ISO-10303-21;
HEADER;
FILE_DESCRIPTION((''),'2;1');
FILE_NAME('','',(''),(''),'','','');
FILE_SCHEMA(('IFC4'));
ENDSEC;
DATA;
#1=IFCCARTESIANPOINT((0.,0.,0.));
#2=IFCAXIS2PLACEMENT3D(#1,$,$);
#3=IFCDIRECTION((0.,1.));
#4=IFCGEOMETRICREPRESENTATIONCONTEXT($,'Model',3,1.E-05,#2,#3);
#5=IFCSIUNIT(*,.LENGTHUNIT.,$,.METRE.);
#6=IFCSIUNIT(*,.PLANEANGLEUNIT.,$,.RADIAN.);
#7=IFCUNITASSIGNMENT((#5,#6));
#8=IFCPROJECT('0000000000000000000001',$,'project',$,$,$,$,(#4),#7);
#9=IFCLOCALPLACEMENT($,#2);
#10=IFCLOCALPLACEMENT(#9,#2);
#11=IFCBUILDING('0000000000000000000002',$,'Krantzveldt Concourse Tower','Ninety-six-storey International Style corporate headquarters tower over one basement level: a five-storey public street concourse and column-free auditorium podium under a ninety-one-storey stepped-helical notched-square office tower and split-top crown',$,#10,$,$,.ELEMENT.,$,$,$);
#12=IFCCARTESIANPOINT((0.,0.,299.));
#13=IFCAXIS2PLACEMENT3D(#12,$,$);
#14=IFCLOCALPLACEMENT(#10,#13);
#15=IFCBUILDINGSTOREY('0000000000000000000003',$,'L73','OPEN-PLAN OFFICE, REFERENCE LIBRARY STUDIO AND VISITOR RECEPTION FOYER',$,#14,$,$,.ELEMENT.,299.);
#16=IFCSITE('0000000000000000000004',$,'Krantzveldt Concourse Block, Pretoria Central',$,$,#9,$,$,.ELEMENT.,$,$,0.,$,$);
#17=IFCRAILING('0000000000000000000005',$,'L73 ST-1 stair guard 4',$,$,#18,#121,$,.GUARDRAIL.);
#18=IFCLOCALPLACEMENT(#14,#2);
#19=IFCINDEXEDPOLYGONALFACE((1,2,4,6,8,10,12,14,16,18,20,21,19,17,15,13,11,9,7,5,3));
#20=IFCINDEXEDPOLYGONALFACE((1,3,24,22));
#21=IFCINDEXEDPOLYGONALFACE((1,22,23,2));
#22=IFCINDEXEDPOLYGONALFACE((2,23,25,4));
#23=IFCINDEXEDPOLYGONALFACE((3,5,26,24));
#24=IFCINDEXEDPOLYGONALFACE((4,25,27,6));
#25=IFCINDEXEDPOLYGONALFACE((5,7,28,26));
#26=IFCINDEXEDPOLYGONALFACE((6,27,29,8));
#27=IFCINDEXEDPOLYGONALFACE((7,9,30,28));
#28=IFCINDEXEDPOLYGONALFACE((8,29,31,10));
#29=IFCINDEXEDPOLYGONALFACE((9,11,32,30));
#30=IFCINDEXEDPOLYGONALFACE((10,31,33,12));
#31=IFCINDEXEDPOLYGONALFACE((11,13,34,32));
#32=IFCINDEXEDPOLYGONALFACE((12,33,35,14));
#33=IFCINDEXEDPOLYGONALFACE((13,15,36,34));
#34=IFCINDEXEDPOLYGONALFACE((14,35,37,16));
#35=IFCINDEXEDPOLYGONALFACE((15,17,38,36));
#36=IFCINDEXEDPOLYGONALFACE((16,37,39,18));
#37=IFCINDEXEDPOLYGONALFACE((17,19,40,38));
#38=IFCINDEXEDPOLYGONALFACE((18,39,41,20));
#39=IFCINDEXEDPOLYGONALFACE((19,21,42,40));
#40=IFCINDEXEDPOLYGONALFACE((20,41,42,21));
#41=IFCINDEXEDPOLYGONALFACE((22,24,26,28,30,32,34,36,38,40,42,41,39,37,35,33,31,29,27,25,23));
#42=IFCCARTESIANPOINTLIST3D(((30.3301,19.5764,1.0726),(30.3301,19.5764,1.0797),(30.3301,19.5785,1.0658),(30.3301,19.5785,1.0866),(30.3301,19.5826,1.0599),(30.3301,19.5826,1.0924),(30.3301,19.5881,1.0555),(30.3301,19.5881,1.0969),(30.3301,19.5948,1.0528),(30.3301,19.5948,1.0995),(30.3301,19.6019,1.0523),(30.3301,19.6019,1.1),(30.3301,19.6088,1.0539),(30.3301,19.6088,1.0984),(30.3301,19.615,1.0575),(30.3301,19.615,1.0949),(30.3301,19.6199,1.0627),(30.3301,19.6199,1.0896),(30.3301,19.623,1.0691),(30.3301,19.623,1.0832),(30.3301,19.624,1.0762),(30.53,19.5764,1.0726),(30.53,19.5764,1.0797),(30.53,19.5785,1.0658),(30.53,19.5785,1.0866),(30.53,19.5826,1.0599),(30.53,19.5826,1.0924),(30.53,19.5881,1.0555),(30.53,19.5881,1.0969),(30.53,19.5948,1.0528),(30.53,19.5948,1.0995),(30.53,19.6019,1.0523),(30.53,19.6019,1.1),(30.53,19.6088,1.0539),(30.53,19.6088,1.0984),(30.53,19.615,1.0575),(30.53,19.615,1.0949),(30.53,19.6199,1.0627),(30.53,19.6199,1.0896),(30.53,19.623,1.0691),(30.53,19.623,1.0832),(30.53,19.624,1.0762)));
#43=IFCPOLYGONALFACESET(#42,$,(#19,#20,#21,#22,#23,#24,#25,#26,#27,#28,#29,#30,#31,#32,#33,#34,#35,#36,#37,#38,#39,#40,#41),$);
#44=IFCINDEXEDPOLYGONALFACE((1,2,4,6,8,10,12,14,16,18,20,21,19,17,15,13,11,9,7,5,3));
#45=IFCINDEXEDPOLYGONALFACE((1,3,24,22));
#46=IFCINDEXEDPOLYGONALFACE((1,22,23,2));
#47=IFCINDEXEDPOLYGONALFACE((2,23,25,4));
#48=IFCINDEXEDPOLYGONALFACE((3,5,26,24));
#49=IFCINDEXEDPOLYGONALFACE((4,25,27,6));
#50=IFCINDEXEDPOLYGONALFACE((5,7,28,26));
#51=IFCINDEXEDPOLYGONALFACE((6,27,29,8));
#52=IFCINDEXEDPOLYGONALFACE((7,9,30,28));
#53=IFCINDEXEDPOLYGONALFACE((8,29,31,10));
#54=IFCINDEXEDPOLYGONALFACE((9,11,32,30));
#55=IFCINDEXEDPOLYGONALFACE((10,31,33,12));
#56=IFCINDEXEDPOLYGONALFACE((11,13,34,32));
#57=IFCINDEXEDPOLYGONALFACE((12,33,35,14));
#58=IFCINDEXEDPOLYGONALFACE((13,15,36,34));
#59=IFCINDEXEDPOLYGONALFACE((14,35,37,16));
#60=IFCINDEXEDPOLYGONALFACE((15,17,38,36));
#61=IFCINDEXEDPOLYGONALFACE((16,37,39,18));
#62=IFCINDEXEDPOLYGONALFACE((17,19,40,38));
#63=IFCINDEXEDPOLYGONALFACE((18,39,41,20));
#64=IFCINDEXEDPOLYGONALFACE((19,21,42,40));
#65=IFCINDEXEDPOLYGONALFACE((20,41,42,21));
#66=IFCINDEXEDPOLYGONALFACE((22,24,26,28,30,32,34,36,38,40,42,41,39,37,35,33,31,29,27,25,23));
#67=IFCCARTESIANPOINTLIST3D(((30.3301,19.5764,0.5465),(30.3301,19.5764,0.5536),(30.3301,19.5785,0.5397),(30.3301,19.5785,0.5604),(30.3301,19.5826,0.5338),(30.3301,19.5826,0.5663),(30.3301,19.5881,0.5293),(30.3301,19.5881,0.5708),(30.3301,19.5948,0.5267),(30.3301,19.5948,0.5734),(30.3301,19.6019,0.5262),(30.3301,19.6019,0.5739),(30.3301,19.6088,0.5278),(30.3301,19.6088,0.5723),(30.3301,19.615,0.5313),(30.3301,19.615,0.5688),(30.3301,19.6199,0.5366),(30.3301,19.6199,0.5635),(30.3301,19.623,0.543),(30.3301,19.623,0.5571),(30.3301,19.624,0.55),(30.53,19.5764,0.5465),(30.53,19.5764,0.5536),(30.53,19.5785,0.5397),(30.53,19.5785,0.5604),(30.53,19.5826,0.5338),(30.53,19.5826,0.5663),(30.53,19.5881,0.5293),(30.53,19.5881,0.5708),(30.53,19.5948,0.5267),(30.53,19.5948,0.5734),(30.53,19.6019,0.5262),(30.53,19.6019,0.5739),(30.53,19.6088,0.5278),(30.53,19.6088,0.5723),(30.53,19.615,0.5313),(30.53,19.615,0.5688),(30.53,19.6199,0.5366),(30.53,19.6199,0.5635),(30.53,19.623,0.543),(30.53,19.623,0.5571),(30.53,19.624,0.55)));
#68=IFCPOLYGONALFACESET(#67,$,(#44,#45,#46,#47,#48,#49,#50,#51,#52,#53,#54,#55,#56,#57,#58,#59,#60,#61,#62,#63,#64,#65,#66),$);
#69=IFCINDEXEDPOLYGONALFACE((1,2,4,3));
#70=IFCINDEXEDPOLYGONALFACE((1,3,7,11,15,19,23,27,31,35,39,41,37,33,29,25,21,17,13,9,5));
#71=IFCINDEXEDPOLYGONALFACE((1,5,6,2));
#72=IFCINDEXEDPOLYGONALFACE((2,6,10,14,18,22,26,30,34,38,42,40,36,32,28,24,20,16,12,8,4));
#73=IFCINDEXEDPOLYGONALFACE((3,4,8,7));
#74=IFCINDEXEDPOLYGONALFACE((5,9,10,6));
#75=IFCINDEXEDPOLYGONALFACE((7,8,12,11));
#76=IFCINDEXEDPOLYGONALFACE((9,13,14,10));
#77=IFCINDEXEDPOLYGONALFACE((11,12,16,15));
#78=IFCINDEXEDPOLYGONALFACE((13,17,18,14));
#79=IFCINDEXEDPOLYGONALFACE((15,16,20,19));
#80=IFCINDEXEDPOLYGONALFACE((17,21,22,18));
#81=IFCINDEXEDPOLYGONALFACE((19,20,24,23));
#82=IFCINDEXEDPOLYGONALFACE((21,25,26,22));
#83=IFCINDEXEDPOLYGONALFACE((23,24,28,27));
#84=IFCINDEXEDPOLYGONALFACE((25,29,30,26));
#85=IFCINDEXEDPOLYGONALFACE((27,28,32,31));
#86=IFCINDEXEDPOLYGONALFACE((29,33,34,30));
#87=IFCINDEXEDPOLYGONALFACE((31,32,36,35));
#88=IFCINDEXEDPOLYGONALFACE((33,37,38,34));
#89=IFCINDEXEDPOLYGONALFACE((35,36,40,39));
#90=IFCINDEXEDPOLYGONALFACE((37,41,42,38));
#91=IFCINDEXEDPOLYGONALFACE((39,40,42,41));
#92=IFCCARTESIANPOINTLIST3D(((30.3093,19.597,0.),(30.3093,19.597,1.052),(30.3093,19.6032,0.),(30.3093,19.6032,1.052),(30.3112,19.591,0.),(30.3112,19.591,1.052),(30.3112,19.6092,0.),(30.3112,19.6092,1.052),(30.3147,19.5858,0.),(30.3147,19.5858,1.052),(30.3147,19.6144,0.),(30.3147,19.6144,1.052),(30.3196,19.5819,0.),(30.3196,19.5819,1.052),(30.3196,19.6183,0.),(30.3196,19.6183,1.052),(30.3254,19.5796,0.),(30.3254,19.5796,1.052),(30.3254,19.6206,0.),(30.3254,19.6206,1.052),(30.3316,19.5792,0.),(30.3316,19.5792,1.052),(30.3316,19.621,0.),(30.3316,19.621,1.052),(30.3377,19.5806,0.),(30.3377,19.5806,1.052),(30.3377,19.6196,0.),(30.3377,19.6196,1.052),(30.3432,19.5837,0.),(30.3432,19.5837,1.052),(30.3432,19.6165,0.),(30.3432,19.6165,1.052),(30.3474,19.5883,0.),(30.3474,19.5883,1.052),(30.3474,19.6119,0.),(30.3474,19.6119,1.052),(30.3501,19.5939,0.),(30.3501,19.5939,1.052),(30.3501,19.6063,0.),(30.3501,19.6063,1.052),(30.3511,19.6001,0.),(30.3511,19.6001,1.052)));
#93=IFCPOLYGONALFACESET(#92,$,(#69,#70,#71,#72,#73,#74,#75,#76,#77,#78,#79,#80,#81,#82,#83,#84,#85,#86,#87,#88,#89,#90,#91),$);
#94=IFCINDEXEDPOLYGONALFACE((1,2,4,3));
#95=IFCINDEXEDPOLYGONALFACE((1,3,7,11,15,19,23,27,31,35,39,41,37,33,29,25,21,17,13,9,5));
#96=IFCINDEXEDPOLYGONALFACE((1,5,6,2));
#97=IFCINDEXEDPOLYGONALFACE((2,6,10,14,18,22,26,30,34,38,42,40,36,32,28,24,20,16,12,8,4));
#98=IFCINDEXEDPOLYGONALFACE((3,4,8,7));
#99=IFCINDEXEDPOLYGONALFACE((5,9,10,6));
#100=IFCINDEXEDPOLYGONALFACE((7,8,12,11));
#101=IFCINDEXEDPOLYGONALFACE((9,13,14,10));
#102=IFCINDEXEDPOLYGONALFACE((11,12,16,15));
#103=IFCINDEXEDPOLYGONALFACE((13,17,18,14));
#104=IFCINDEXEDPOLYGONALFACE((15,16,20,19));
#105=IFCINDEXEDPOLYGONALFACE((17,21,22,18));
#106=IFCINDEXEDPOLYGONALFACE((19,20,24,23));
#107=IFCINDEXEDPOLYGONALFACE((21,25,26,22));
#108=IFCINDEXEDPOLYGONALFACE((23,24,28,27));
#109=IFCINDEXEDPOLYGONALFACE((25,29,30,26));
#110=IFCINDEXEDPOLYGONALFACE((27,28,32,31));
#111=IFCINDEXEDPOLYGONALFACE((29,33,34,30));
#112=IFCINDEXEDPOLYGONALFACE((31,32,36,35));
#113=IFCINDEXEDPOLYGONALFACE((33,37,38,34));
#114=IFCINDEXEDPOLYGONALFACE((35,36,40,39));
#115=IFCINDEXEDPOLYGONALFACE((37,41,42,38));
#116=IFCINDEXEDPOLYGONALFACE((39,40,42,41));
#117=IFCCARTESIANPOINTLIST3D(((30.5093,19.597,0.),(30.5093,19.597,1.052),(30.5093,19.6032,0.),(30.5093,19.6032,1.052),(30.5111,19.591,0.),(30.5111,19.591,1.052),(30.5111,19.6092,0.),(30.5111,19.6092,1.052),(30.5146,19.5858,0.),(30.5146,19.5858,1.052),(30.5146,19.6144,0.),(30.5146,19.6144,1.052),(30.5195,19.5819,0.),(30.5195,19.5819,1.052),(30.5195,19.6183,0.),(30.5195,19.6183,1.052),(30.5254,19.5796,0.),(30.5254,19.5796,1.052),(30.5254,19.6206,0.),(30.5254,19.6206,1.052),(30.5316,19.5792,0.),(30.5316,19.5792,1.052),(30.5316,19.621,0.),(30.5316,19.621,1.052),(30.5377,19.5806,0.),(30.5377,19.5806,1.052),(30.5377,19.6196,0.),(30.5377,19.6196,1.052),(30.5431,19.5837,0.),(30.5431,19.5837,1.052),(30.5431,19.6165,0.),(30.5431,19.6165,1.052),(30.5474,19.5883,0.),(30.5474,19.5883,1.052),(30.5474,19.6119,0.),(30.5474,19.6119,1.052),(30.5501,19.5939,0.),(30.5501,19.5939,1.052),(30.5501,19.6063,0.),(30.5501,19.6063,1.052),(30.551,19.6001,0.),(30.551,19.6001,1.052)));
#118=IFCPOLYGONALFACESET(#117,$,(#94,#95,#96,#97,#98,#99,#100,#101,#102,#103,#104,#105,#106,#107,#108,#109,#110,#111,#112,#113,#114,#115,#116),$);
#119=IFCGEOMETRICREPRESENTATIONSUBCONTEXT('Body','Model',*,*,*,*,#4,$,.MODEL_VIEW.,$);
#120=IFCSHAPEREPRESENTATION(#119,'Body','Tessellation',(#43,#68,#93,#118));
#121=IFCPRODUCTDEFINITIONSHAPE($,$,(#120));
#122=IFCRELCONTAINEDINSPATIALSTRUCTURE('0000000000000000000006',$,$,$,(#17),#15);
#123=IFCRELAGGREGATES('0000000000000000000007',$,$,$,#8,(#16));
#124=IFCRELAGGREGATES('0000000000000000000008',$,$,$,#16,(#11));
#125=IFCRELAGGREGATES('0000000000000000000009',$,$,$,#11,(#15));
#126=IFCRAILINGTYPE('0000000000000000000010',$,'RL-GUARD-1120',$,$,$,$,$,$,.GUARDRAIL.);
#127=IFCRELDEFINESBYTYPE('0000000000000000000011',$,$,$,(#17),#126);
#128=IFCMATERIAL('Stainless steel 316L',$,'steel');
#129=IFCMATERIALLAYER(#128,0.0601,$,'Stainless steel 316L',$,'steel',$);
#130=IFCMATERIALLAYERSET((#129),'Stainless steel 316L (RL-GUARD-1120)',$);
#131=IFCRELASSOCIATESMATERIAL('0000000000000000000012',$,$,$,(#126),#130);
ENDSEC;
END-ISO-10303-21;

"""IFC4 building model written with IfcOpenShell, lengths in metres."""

from ifc_helpers import new_model, si_unit, direction, frame, origin, origin_2d, place, context, subcontext, project, spatial, circle, extrude, material, layer, layer_set, type_object, element, save


model = new_model("IFC4")

# Units and contexts
model_context = context("Model", 3, precision=1e-05, world=origin(), true_north=direction((0.0, 1.0)))
body_context = subcontext(model_context, "Body", "Model", "MODEL_VIEW")
ifc_project = project(units=[si_unit("LENGTHUNIT", "METRE"), si_unit("PLANEANGLEUNIT", "RADIAN")], contexts=[model_context])

# Site, building, storey
site_placement = place(None, origin())
site = spatial("IfcSite", under=ifc_project, at=site_placement, Name="Krantzveldt Concourse Block, Pretoria Central", CompositionType="ELEMENT", RefElevation=0.0)
building_placement = place(site_placement, origin())
building = spatial("IfcBuilding", under=site, at=building_placement, Name="Krantzveldt Concourse Tower", Description="Ninety-six-storey International Style corporate headquarters tower over one basement level: a five-storey public street concourse and column-free auditorium podium under a ninety-one-storey stepped-helical notched-square office tower and split-top crown", CompositionType="ELEMENT")
storey_placement = place(building_placement, frame((0.0, 0.0, 299.0)))
storey = spatial("IfcBuildingStorey", under=building, at=storey_placement, Name="L73", Description="OPEN-PLAN OFFICE, REFERENCE LIBRARY STUDIO AND VISITOR RECEPTION FOYER", CompositionType="ELEMENT", Elevation=299.0)

# Shared definitions
ifc_material_1 = material(Name="Stainless steel 316L", Category="steel")

# Railing
ifc_layer_1 = layer(ifc_material_1, 0.0601, Name="Stainless steel 316L", Category="steel")
ifc_layer_set_1 = layer_set([ifc_layer_1], Name="Stainless steel 316L (RL-GUARD-1120)")
railing_type_1 = type_object("IfcRailingType", Name="RL-GUARD-1120", PredefinedType="GUARDRAIL", material=ifc_layer_set_1)
railing_1_placement = place(storey_placement, frame((30.3301, 19.6001, 0.0)))
element("IfcRailing", 1, at=railing_1_placement, inside=storey, type_object=railing_type_1, Name="L73 ST-1 stair guard 4", PredefinedType="GUARDRAIL", context=body_context, shape_type="SweptSolid", body=[
    extrude(circle(Radius=0.0239, at=origin_2d()), frame((0.0, 0.0, 1.0762), z_axis=(1.0, 0.0, 0.0), x_axis=(0.0, 1.0, 0.0)), (0.0, 0.0, 1.0), 0.2),
    extrude(circle(Radius=0.0239, at=origin_2d()), frame((0.0, 0.0, 0.55), z_axis=(1.0, 0.0, 0.0), x_axis=(0.0, 1.0, 0.0)), (0.0, 0.0, 1.0), 0.2),
    extrude(circle(Radius=0.021, at=origin_2d()), origin(), (0.0, 0.0, 1.0), 1.052),
    extrude(circle(Radius=0.021, at=origin_2d()), frame((0.2, 0.0, 0.0)), (0.0, 0.0, 1.0), 1.052),
])

save(model, "model.ifc")
